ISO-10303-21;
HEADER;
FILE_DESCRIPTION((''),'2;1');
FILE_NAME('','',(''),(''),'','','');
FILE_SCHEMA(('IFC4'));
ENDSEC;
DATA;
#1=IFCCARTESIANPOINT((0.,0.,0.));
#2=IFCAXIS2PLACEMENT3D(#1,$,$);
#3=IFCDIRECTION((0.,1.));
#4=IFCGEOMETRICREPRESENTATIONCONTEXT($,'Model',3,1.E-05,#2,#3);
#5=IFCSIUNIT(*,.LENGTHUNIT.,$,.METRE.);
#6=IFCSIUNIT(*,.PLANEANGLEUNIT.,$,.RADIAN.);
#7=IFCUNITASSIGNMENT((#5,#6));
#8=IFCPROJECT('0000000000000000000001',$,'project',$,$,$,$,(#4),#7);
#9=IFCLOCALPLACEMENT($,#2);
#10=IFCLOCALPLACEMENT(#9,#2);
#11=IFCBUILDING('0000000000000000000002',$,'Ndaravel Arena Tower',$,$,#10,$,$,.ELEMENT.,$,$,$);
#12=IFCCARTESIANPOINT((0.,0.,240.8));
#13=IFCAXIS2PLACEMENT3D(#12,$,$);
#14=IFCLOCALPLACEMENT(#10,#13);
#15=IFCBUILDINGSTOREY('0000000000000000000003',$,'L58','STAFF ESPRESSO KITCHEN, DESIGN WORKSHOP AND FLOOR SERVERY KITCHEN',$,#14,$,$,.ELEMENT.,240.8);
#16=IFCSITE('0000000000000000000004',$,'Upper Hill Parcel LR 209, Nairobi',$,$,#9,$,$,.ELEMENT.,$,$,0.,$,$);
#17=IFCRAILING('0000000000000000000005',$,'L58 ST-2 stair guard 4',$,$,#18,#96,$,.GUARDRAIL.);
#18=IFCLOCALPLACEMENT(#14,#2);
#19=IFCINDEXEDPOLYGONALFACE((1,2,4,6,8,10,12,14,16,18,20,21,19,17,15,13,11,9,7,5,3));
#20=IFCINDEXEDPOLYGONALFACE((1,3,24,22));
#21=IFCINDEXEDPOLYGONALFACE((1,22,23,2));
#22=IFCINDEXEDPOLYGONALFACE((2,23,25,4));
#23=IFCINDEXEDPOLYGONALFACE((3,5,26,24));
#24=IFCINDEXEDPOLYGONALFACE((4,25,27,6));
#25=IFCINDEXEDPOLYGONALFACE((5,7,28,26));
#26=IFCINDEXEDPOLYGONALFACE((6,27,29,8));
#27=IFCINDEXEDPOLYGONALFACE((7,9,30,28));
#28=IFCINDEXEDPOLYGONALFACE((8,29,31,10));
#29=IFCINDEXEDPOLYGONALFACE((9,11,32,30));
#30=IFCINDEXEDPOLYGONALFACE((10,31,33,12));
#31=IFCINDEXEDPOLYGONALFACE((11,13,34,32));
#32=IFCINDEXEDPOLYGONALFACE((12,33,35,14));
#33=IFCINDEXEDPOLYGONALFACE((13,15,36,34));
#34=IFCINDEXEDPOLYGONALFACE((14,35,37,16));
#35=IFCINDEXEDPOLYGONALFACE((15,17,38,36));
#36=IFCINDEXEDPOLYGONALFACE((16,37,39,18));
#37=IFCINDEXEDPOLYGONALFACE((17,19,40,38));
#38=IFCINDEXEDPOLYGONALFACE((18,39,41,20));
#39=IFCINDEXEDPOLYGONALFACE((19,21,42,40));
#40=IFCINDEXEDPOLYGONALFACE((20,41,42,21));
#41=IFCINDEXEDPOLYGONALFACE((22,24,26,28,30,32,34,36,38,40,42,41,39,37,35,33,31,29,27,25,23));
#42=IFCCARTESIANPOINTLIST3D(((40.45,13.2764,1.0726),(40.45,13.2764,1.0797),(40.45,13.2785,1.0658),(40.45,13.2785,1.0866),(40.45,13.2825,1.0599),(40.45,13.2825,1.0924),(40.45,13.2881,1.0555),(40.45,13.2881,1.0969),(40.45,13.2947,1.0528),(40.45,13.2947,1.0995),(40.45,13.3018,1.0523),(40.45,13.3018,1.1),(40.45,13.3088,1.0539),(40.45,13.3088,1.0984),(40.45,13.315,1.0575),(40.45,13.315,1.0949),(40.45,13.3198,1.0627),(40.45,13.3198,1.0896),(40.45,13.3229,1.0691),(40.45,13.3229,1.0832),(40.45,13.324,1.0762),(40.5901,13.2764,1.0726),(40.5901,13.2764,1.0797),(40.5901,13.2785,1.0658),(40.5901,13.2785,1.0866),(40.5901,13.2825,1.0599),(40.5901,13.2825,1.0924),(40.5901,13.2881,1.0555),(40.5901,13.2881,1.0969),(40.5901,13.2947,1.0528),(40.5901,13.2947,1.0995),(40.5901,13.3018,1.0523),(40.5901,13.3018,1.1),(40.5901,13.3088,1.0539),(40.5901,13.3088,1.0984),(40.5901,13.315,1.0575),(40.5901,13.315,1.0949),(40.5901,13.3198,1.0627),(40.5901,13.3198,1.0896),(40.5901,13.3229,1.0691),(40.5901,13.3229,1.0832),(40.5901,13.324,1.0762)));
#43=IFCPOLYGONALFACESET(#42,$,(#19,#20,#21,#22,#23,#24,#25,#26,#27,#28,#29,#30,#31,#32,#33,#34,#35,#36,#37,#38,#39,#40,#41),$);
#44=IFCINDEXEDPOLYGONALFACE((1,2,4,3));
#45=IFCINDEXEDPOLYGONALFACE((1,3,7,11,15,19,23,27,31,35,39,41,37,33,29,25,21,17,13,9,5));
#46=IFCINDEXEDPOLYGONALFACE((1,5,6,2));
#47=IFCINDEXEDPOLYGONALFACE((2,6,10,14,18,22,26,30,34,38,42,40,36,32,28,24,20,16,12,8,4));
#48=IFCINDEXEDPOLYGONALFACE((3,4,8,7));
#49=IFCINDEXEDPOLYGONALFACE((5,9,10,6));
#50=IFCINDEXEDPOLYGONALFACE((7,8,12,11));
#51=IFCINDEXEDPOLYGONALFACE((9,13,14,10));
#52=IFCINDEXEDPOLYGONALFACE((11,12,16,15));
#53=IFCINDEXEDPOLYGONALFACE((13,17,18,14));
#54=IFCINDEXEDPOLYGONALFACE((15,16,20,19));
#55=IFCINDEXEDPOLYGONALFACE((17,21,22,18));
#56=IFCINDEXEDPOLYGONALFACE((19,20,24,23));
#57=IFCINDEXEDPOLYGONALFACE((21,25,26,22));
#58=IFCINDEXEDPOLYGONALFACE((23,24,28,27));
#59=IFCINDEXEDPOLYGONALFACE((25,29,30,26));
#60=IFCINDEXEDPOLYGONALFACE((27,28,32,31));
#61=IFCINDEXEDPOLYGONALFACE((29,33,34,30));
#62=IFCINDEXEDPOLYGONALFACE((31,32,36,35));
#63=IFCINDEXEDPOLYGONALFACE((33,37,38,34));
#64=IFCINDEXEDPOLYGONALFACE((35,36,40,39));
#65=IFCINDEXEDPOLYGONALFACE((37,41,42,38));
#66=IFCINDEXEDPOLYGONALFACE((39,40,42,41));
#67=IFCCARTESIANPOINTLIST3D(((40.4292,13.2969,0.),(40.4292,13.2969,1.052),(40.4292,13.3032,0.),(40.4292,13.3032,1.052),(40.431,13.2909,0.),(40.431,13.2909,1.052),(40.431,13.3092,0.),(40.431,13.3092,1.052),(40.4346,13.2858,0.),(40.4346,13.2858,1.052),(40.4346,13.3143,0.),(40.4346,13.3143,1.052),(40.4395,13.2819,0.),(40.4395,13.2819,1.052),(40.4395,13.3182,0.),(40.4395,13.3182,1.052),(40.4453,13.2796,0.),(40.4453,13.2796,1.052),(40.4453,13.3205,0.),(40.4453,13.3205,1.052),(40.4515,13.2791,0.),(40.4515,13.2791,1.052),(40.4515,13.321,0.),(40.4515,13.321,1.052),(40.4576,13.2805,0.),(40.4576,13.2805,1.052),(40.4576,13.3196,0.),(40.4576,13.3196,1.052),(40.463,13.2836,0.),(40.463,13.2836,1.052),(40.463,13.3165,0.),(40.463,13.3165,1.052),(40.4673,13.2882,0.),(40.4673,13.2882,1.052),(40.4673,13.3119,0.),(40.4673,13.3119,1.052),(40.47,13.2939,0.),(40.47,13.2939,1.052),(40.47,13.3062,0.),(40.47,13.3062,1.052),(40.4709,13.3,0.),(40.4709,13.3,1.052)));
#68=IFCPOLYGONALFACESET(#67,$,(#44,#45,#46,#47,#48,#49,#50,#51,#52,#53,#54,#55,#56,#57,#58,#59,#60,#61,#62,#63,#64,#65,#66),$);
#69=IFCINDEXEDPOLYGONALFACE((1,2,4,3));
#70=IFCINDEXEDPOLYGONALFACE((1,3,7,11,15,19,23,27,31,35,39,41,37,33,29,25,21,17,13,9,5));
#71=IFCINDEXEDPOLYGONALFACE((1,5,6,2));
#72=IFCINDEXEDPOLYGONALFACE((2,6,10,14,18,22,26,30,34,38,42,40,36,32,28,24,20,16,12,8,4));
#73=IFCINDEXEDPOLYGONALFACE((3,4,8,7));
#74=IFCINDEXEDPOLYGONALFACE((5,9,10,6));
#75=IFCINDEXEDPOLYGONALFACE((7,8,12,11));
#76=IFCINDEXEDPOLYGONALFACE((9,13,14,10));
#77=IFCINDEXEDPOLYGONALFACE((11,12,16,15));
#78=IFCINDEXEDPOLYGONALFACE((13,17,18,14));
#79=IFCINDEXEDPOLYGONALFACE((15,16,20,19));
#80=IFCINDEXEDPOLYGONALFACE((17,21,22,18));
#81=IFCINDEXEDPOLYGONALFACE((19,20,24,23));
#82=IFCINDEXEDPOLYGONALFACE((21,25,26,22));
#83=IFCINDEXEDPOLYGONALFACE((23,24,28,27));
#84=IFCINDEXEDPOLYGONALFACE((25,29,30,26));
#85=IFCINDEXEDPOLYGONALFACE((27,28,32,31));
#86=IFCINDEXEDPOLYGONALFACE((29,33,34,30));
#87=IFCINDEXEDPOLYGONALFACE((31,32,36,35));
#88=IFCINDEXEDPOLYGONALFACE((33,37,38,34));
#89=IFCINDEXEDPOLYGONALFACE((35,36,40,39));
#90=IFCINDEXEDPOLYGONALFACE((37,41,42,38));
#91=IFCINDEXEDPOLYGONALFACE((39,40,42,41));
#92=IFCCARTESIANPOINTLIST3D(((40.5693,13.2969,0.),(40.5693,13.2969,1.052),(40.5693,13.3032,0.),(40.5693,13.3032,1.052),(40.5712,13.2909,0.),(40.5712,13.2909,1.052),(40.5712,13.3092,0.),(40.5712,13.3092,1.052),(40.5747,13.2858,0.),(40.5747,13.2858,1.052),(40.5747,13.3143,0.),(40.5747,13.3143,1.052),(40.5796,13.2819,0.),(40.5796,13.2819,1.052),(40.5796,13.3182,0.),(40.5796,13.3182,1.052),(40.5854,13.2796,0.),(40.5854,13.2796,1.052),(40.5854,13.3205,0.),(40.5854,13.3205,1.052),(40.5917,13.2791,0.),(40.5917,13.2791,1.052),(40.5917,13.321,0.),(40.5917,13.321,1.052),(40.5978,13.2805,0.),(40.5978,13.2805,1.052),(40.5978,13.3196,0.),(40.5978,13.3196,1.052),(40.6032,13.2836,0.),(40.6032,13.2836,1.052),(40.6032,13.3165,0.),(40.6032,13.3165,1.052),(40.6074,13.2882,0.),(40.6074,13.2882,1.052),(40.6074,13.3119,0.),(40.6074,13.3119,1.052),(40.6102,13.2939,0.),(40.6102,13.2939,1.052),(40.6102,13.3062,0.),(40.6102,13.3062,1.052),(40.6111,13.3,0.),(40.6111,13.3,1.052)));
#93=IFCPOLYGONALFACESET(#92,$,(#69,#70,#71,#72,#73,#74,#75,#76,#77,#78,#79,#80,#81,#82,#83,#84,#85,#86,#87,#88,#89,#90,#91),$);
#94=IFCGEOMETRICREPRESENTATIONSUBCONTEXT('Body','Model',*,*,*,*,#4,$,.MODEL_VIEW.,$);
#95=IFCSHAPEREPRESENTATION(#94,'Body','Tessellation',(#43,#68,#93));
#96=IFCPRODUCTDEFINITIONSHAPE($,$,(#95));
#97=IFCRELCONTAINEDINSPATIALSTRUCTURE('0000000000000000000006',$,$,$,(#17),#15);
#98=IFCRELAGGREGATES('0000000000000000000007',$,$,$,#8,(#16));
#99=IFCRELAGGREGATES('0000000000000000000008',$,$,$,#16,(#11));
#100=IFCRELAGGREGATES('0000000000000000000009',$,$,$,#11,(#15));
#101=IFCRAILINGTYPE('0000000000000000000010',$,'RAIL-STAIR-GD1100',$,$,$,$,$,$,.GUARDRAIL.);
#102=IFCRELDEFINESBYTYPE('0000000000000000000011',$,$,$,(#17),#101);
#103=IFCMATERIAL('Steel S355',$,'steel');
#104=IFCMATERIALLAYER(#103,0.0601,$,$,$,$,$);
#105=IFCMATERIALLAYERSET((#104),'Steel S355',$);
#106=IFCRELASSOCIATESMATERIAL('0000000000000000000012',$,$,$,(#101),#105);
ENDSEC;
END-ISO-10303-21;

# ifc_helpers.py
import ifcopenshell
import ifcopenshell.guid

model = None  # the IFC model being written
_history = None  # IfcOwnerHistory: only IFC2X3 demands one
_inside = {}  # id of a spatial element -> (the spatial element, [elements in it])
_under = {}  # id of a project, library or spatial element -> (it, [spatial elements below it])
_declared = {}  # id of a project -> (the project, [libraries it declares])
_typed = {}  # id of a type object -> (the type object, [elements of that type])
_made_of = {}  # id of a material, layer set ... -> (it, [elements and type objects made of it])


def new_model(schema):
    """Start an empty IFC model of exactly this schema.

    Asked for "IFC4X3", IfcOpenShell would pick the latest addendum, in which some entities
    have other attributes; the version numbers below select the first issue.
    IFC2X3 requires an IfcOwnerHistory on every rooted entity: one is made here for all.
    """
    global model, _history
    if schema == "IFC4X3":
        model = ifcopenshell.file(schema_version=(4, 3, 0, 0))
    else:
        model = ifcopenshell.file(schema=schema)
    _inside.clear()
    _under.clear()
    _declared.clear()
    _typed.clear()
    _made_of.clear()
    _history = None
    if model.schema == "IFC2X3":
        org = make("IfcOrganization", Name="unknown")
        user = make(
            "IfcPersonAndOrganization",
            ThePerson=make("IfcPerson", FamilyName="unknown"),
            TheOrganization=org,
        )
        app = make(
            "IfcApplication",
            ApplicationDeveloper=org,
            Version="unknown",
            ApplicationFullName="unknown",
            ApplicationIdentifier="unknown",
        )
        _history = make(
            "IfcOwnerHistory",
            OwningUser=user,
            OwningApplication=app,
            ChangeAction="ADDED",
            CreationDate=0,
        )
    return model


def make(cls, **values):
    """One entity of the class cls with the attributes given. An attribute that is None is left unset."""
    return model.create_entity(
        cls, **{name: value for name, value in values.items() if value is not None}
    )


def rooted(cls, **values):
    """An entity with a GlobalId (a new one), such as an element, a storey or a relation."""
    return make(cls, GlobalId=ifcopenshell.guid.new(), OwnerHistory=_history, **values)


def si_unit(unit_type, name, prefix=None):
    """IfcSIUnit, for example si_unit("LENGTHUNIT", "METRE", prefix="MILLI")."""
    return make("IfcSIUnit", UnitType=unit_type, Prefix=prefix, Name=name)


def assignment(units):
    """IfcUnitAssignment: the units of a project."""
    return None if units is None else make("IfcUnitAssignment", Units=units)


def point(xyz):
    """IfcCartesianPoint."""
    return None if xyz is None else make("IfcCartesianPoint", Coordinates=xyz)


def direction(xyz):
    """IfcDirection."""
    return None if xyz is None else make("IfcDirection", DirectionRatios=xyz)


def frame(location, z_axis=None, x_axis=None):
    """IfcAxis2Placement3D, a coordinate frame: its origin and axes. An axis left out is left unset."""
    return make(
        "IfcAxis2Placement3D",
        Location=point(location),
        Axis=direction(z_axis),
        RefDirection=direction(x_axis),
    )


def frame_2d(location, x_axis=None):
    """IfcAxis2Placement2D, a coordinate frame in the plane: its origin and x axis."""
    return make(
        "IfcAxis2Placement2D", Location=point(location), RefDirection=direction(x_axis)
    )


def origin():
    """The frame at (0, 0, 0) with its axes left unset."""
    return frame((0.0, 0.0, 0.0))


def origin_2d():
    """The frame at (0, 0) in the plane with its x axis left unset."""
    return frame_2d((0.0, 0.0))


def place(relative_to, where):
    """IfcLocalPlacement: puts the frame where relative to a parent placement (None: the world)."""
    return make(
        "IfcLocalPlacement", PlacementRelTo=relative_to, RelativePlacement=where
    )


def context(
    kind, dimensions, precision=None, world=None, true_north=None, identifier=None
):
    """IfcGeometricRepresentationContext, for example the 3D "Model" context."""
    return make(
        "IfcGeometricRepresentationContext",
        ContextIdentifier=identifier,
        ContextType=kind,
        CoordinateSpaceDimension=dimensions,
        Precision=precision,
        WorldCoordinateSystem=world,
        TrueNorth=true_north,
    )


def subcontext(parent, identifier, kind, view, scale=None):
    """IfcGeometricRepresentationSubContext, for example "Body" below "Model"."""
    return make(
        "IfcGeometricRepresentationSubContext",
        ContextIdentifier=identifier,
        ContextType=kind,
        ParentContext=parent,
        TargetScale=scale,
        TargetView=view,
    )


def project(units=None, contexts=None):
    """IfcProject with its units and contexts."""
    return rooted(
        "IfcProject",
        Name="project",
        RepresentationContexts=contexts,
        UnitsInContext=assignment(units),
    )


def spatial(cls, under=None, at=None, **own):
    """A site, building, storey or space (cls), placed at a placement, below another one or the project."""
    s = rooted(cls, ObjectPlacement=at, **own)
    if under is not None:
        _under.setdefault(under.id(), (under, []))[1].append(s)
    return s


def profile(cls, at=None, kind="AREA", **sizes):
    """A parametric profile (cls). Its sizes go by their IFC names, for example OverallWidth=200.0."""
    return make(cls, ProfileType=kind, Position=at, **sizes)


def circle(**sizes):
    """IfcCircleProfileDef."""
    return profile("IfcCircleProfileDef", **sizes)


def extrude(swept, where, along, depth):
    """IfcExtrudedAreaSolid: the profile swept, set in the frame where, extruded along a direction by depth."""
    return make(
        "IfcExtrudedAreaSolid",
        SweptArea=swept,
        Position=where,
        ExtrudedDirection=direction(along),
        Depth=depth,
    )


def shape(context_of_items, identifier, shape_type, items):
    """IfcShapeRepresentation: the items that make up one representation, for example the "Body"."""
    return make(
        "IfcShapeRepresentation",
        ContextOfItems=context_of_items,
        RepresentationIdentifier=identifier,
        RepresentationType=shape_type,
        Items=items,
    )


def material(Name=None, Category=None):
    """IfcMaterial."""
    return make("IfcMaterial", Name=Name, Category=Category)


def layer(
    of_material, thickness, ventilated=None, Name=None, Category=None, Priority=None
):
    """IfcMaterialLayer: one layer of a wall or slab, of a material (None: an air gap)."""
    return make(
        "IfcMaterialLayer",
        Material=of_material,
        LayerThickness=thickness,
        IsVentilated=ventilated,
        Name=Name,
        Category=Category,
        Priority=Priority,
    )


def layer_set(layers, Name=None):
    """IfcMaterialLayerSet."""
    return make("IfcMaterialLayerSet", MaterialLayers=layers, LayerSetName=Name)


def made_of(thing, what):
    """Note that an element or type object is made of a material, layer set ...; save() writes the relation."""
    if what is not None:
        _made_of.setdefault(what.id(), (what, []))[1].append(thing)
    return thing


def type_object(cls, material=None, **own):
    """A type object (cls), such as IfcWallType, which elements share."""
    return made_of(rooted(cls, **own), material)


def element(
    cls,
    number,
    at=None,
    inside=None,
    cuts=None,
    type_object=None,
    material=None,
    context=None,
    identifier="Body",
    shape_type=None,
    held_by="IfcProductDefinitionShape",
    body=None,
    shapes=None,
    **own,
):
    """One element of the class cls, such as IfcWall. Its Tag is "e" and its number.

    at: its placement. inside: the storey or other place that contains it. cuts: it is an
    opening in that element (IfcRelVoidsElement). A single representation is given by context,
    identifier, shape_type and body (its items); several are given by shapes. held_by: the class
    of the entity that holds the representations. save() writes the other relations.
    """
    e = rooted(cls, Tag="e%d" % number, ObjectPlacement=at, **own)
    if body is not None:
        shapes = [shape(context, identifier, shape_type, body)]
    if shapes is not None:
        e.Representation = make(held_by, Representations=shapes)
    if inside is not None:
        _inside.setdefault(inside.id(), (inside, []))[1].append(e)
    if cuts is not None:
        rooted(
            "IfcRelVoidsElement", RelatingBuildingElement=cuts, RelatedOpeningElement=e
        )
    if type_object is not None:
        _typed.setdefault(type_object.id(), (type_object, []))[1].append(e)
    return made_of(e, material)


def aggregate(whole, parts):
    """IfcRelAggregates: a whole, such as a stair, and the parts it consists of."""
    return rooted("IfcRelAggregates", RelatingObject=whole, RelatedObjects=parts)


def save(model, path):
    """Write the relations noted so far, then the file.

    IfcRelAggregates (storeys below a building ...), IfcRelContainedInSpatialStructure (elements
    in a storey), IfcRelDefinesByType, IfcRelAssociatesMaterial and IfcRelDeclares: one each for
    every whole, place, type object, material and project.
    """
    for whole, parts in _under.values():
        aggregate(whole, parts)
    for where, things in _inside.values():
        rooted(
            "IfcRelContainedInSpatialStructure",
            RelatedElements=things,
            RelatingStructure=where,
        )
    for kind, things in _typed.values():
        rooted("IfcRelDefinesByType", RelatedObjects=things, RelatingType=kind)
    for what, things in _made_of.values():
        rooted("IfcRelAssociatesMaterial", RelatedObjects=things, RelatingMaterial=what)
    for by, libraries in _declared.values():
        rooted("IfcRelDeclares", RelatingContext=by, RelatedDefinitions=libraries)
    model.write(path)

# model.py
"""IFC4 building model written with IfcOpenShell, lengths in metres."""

from ifc_helpers import new_model, si_unit, direction, frame, origin, origin_2d, place, context, subcontext, project, spatial, circle, extrude, material, layer, layer_set, type_object, element, save


model = new_model("IFC4")

# Units and contexts
model_context = context("Model", 3, precision=1e-05, world=origin(), true_north=direction((0.0, 1.0)))
body_context = subcontext(model_context, "Body", "Model", "MODEL_VIEW")
ifc_project = project(units=[si_unit("LENGTHUNIT", "METRE"), si_unit("PLANEANGLEUNIT", "RADIAN")], contexts=[model_context])

# Site, building, storey
site_placement = place(None, origin())
site = spatial("IfcSite", under=ifc_project, at=site_placement, Name="Upper Hill Parcel LR 209, Nairobi", CompositionType="ELEMENT", RefElevation=0.0)
building_placement = place(site_placement, origin())
building = spatial("IfcBuilding", under=site, at=building_placement, Name="Ndaravel Arena Tower", CompositionType="ELEMENT")
storey_placement = place(building_placement, frame((0.0, 0.0, 240.8)))
storey = spatial("IfcBuildingStorey", under=building, at=storey_placement, Name="L58", Description="STAFF ESPRESSO KITCHEN, DESIGN WORKSHOP AND FLOOR SERVERY KITCHEN", CompositionType="ELEMENT", Elevation=240.8)

# Railing
ifc_material_1 = material(Name="Steel S355", Category="steel")
ifc_layer_1 = layer(ifc_material_1, 0.0601)
ifc_layer_set_1 = layer_set([ifc_layer_1], Name="Steel S355")
railing_type_1 = type_object("IfcRailingType", Name="RAIL-STAIR-GD1100", PredefinedType="GUARDRAIL", material=ifc_layer_set_1)
railing_1_placement = place(storey_placement, frame((40.45, 13.3, 0.0)))
element("IfcRailing", 1, at=railing_1_placement, inside=storey, type_object=railing_type_1, Name="L58 ST-2 stair guard 4", PredefinedType="GUARDRAIL", context=body_context, shape_type="SweptSolid", body=[
    extrude(circle(Radius=0.0239, at=origin_2d()), frame((0.0, 0.0, 1.0762), z_axis=(1.0, 0.0, 0.0), x_axis=(0.0, 1.0, 0.0)), (0.0, 0.0, 1.0), 0.1401),
    extrude(circle(Radius=0.021, at=origin_2d()), origin(), (0.0, 0.0, 1.0), 1.052),
    extrude(circle(Radius=0.021, at=origin_2d()), frame((0.1401, 0.0, 0.0)), (0.0, 0.0, 1.0), 1.052),
])

save(model, "model.ifc")
